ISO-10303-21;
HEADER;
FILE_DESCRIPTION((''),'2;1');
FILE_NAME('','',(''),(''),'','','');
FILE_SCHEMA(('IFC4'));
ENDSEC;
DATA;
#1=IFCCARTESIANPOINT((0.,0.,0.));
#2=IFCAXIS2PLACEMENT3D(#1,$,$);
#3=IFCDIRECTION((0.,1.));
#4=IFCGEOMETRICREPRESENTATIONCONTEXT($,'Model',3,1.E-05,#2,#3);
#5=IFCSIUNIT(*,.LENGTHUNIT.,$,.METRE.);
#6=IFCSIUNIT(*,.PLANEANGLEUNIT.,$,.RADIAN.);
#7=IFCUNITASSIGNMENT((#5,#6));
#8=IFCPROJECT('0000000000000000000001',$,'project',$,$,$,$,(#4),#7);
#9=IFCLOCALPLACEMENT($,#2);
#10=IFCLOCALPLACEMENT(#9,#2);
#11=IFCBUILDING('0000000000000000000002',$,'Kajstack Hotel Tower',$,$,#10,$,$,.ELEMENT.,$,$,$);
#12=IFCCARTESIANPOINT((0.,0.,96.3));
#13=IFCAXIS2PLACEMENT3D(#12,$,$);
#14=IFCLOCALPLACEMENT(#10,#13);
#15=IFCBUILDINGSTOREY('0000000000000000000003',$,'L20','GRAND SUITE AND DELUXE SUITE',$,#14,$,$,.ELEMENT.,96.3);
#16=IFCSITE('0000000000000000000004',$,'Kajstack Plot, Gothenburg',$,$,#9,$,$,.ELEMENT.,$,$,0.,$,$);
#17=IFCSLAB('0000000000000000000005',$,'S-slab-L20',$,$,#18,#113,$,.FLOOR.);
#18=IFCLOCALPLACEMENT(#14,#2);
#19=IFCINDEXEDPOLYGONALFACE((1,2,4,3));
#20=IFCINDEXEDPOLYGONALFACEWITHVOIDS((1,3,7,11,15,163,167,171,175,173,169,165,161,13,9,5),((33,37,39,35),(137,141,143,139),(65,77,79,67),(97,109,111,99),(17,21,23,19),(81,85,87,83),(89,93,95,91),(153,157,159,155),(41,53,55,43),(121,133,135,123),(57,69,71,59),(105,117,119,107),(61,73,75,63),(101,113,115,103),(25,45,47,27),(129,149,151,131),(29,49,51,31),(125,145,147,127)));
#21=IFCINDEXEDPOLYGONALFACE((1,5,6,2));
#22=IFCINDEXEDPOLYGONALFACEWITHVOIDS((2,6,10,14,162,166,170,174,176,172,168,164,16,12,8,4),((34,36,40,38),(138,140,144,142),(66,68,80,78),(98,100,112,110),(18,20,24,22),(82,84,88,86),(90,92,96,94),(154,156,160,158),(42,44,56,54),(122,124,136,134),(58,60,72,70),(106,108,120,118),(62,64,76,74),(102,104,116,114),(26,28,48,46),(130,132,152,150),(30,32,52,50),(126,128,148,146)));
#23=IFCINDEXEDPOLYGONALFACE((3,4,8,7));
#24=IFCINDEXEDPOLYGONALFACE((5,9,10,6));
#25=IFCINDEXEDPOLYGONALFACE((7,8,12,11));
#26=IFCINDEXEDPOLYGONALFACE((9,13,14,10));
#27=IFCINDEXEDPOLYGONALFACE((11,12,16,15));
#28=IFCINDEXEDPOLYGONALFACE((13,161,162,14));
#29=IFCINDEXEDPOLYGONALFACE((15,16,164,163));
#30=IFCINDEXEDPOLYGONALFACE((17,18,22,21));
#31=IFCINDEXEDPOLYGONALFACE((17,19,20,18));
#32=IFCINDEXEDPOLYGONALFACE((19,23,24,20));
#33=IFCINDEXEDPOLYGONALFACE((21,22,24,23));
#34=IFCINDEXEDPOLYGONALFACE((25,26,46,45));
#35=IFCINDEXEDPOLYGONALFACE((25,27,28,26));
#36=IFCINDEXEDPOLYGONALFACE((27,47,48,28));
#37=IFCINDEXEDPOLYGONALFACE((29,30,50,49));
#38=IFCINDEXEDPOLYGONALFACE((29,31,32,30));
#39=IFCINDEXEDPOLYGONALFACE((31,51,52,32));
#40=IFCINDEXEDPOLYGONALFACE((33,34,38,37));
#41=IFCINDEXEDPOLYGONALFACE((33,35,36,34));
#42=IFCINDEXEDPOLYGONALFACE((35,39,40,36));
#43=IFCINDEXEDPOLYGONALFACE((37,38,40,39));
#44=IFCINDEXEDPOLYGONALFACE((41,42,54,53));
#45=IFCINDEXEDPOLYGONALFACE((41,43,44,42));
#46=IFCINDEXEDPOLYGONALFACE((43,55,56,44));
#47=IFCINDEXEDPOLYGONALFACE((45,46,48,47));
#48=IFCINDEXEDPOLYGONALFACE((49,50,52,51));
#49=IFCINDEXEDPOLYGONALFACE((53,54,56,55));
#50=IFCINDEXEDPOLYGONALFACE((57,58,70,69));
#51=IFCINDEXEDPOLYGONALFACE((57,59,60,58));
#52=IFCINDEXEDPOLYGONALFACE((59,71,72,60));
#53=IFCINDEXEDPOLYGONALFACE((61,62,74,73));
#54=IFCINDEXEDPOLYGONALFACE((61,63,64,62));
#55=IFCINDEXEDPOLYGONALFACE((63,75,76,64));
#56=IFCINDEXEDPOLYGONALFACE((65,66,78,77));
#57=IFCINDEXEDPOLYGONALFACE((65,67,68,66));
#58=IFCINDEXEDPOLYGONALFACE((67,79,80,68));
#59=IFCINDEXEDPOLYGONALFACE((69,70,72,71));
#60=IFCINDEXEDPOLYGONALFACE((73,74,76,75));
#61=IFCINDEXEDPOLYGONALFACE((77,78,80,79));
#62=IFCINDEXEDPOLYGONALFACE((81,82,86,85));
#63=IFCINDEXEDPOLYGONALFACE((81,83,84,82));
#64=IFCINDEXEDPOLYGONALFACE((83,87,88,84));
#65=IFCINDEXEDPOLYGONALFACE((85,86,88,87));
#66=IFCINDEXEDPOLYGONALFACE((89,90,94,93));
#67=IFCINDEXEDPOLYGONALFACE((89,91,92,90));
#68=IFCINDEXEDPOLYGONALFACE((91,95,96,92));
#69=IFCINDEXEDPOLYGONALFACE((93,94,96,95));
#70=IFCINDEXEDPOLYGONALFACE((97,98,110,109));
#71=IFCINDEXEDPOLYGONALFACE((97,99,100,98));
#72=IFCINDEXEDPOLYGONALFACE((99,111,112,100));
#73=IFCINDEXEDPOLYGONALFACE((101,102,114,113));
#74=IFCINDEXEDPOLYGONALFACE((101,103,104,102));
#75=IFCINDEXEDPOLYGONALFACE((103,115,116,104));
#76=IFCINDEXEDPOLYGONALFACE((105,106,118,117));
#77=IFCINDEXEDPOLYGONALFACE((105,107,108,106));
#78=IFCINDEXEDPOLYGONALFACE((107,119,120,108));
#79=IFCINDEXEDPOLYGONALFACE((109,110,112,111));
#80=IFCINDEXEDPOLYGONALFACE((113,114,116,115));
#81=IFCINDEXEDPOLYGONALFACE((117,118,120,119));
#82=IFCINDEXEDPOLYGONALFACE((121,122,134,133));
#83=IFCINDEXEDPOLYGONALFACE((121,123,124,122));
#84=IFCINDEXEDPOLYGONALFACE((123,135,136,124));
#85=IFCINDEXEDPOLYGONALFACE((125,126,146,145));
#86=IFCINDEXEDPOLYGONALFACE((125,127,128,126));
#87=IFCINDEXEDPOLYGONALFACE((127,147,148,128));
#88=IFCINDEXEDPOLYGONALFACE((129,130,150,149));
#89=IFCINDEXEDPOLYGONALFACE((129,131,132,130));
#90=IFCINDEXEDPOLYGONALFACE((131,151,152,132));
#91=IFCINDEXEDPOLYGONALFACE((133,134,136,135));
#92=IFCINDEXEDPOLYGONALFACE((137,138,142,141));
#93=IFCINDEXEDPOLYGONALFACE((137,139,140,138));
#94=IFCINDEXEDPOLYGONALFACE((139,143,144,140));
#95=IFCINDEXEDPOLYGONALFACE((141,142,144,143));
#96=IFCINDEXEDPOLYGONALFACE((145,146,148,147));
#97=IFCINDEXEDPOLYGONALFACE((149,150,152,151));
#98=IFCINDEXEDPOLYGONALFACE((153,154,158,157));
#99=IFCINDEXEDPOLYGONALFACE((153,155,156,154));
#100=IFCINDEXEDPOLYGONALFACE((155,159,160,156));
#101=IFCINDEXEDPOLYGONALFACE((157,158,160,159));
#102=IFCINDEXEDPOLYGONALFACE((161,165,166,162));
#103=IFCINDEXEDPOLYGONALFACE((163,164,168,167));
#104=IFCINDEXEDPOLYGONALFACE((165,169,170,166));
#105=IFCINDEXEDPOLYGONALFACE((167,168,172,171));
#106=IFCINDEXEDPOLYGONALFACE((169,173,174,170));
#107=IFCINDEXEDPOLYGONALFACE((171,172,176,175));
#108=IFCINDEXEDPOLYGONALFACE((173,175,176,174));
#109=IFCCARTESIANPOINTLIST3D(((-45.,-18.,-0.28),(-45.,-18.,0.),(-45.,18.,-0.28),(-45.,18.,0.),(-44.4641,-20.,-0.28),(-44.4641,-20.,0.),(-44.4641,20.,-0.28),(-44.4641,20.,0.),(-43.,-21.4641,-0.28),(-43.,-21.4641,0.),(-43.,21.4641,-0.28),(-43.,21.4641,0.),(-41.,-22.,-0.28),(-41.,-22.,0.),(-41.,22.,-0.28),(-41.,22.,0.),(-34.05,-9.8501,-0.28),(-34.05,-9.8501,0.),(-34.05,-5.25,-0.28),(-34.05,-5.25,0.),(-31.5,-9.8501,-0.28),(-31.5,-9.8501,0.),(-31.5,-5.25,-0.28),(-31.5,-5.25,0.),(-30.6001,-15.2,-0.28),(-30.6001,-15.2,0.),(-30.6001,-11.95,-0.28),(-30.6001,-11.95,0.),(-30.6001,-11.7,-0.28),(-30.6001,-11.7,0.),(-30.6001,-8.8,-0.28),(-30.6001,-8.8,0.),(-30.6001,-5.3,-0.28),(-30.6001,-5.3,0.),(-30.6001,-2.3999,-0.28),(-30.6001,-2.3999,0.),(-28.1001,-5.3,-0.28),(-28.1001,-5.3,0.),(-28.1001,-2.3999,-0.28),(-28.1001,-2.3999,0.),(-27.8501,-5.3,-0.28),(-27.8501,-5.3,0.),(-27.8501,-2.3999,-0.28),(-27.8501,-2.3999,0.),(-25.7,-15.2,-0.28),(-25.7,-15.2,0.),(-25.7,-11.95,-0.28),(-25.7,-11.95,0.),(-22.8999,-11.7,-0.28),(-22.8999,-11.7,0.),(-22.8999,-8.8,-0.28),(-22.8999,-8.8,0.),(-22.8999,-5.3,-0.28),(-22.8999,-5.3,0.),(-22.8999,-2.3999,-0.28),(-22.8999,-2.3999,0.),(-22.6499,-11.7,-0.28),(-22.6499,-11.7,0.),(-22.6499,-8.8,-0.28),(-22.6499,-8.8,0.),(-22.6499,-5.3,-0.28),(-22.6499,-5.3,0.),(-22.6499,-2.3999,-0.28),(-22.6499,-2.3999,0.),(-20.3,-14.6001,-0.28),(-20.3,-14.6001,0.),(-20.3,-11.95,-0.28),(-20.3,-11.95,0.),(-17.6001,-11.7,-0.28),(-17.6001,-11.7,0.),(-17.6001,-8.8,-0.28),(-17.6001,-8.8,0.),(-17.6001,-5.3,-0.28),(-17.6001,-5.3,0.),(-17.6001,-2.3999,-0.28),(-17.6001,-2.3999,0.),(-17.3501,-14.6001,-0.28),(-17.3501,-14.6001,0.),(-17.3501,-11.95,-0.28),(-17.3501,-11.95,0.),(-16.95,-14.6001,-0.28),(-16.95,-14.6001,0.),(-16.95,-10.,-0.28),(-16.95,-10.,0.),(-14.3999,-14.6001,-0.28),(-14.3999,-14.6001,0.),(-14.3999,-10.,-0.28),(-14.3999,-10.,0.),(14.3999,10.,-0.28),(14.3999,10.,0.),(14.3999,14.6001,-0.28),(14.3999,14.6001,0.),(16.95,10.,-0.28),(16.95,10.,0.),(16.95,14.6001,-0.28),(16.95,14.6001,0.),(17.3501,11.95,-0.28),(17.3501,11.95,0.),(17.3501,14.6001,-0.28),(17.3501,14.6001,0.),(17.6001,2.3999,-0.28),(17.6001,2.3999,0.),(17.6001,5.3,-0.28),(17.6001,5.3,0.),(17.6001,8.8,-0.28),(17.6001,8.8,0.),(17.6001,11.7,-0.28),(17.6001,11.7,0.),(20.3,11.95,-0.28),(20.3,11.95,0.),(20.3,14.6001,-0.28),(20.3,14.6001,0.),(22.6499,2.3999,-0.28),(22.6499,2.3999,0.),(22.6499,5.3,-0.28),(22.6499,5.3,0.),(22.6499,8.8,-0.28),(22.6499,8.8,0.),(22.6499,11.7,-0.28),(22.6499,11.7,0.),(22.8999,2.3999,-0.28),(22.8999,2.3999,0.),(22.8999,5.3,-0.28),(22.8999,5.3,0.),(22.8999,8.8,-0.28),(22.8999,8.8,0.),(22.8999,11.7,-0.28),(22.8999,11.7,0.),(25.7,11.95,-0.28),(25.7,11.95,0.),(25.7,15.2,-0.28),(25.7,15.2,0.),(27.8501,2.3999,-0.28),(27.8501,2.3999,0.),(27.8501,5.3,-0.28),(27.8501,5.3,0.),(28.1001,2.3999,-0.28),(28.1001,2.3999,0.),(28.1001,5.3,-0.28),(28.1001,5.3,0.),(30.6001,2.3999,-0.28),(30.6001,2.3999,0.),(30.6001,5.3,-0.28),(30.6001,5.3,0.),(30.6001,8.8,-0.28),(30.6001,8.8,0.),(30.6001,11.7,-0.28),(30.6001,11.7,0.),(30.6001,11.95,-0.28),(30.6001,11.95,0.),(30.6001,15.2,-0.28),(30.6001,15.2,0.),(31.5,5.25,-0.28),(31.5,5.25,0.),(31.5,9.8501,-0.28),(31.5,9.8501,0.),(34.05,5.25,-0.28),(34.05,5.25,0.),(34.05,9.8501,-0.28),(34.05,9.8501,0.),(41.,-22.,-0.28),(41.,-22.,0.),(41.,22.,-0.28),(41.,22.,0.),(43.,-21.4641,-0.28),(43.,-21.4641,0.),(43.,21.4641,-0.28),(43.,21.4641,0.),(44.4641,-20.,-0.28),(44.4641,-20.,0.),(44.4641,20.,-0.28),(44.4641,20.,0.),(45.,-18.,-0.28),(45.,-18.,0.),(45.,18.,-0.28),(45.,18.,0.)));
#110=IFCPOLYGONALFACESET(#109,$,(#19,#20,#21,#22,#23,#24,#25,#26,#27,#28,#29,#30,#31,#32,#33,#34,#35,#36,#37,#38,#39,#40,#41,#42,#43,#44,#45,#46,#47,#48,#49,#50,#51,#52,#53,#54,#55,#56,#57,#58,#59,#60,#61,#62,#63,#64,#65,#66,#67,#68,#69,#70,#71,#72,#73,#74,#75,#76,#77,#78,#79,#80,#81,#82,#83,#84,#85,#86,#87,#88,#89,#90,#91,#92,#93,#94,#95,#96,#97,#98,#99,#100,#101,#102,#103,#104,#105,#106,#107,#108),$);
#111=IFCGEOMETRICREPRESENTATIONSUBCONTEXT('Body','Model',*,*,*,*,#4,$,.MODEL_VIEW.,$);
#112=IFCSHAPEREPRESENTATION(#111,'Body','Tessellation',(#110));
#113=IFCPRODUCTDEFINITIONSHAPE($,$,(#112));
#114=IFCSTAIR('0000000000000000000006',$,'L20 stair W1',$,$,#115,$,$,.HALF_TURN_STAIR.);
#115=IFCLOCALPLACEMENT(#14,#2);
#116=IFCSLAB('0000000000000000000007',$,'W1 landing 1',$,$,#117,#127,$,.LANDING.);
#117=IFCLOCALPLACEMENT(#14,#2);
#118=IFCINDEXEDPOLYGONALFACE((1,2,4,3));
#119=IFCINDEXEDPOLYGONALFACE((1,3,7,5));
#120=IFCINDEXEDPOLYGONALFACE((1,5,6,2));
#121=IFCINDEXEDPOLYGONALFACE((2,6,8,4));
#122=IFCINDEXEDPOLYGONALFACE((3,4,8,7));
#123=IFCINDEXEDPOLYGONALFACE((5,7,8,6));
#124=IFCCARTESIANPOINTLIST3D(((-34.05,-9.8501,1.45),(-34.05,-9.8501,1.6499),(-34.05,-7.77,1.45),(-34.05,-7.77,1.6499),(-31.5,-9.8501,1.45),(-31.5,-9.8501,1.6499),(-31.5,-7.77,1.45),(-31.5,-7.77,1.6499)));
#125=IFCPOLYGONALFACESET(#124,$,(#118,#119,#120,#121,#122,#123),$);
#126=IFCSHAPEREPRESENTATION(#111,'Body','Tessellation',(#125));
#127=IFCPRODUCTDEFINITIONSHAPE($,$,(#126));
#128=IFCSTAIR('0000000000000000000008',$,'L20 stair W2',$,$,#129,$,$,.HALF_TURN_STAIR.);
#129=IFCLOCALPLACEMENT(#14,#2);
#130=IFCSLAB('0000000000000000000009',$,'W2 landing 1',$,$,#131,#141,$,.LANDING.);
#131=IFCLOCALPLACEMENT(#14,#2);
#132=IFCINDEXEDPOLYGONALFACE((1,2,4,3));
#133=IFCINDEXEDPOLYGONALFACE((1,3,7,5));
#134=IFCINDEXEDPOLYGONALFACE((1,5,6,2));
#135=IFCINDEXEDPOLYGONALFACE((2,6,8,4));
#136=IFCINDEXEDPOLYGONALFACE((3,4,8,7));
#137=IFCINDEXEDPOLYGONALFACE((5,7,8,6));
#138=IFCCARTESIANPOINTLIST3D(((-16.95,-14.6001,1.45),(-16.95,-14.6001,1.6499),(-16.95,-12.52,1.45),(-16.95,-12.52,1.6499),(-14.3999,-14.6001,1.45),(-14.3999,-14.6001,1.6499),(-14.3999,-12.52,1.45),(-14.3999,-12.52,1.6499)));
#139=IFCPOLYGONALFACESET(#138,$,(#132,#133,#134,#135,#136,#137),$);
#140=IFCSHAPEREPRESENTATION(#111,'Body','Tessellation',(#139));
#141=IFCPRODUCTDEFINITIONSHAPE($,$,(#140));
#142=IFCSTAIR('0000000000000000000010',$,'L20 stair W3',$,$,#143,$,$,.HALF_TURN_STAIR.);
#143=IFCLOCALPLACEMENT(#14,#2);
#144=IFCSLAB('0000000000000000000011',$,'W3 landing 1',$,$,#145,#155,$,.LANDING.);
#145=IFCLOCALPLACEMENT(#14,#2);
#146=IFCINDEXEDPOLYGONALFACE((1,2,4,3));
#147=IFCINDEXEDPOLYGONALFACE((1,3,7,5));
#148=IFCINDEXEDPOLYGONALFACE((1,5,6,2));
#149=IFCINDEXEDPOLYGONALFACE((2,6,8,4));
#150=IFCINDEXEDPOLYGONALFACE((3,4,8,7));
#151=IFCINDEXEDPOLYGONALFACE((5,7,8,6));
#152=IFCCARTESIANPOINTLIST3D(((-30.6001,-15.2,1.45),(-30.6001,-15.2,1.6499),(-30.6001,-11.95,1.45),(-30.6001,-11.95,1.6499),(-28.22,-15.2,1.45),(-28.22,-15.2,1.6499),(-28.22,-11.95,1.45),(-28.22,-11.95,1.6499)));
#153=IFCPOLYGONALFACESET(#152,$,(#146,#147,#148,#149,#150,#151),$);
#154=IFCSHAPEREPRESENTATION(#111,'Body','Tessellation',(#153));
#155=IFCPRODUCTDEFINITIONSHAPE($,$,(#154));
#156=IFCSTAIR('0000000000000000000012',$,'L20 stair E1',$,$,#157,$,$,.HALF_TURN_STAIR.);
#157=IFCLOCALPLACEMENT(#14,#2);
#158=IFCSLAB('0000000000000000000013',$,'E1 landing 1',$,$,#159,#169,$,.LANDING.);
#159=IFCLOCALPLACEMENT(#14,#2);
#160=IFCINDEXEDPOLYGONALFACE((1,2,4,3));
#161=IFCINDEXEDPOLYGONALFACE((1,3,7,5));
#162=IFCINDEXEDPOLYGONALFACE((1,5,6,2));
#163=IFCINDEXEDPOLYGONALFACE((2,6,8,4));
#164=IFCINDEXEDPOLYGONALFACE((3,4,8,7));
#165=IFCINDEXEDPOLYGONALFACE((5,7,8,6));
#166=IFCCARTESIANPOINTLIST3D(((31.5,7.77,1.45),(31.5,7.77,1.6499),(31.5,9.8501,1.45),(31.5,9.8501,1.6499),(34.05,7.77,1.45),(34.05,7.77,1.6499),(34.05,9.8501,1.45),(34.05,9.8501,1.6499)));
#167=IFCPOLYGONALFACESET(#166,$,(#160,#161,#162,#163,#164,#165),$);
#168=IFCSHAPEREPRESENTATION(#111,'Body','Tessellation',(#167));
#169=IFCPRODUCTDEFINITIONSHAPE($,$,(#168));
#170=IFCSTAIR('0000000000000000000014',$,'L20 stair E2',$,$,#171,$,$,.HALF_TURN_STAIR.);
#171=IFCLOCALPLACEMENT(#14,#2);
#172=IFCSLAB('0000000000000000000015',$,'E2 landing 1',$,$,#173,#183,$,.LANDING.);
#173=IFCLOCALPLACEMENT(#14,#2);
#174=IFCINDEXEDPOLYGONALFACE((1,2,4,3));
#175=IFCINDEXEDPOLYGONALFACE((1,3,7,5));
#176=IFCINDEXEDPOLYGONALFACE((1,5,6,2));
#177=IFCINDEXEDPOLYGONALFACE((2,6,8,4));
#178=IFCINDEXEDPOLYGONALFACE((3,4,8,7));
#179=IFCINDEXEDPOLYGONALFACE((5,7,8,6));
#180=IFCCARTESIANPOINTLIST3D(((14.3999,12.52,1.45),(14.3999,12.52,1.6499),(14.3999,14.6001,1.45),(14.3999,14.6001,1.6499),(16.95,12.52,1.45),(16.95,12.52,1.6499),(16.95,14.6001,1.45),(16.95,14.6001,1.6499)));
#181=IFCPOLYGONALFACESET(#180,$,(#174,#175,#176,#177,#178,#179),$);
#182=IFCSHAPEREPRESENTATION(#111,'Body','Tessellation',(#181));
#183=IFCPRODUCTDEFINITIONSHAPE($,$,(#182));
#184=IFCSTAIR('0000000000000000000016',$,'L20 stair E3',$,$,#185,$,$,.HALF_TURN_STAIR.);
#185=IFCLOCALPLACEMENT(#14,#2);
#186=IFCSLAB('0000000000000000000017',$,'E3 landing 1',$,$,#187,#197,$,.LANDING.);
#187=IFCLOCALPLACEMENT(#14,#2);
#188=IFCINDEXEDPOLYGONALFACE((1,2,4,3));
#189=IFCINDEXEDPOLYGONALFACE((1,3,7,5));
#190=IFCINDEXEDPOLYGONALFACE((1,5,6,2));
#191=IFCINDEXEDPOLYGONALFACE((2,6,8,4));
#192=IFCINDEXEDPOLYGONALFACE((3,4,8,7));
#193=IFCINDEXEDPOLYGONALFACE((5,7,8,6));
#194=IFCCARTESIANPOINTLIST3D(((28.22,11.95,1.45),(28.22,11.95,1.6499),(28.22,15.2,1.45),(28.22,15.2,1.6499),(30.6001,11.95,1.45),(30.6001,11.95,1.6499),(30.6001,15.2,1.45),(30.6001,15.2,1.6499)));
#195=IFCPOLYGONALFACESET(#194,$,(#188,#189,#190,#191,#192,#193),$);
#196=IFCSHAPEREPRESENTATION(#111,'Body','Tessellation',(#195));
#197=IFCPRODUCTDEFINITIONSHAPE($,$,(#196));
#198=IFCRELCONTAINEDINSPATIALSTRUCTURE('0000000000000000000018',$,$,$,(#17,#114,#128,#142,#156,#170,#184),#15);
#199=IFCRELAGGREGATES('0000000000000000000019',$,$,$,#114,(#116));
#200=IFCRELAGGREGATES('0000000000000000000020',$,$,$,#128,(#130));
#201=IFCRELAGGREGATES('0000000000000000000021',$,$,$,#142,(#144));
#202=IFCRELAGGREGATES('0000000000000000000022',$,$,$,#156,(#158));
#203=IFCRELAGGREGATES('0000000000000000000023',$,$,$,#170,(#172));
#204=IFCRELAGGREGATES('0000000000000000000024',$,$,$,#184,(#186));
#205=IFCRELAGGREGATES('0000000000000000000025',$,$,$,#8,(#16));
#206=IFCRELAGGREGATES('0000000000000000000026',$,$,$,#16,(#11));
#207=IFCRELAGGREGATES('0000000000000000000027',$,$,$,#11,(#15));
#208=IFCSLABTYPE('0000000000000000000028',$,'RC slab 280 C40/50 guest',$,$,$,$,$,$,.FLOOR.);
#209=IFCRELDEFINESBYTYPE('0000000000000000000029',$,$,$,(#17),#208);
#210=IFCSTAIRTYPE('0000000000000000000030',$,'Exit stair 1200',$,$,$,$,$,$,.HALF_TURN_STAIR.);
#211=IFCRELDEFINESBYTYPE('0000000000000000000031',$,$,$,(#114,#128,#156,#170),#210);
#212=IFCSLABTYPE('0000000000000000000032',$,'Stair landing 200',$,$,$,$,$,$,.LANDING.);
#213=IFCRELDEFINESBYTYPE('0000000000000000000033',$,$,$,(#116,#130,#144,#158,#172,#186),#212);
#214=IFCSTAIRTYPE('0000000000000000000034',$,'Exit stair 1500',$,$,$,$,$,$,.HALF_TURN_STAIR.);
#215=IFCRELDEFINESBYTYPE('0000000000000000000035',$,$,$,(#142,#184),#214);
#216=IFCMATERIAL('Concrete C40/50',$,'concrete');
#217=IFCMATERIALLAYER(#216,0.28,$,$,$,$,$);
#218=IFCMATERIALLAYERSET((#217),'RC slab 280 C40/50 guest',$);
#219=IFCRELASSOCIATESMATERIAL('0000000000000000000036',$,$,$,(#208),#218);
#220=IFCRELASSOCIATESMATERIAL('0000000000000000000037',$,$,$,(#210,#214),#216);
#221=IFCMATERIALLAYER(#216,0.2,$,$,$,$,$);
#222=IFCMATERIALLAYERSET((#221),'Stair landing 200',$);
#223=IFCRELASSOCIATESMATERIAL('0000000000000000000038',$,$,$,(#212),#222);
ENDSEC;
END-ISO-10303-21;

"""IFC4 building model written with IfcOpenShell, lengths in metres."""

from ifc_helpers import new_model, si_unit, direction, frame, origin, place, context, subcontext, project, spatial, polyline, outline, extrude, material, layer, layer_set, type_object, element, aggregate, save


model = new_model("IFC4")

# Units and contexts
model_context = context("Model", 3, precision=1e-05, world=origin(), true_north=direction((0.0, 1.0)))
body_context = subcontext(model_context, "Body", "Model", "MODEL_VIEW")
ifc_project = project(units=[si_unit("LENGTHUNIT", "METRE"), si_unit("PLANEANGLEUNIT", "RADIAN")], contexts=[model_context])

# Site, building, storey
site_placement = place(None, origin())
site = spatial("IfcSite", under=ifc_project, at=site_placement, Name="Kajstack Plot, Gothenburg", CompositionType="ELEMENT", RefElevation=0.0)
building_placement = place(site_placement, origin())
building = spatial("IfcBuilding", under=site, at=building_placement, Name="Kajstack Hotel Tower", CompositionType="ELEMENT")
storey_placement = place(building_placement, frame((0.0, 0.0, 96.3)))
storey = spatial("IfcBuildingStorey", under=building, at=storey_placement, Name="L20", Description="GRAND SUITE AND DELUXE SUITE", CompositionType="ELEMENT", Elevation=96.3)

# Slab
ifc_material_1 = material(Name="Concrete C40/50", Category="concrete")
ifc_layer_1 = layer(ifc_material_1, 0.28)
ifc_layer_set_1 = layer_set([ifc_layer_1], Name="RC slab 280 C40/50 guest")
slab_type_1 = type_object("IfcSlabType", Name="RC slab 280 C40/50 guest", PredefinedType="FLOOR", material=ifc_layer_set_1)
slab_1_placement = place(storey_placement, frame((0.0, 0.0, -0.28)))
element("IfcSlab", 1, at=slab_1_placement, inside=storey, type_object=slab_type_1, Name="S-slab-L20", PredefinedType="FLOOR", context=body_context, shape_type="SweptSolid", body=[
    extrude(outline(polyline([(-45.0, -18.0), (-44.4641, -20.0), (-43.0, -21.4641), (-41.0, -22.0), (41.0, -22.0), (43.0, -21.4641), (44.4641, -20.0), (45.0, -18.0), (45.0, 18.0), (44.4641, 20.0), (43.0, 21.4641), (41.0, 22.0), (-41.0, 22.0), (-43.0, 21.4641), (-44.4641, 20.0), (-45.0, 18.0), (-45.0, -18.0)]), holes=[polyline([(-30.6001, -11.7), (-30.6001, -8.8), (-22.8999, -8.8), (-22.8999, -11.7), (-30.6001, -11.7)]), polyline([(-22.6499, -11.7), (-22.6499, -8.8), (-17.6001, -8.8), (-17.6001, -11.7), (-22.6499, -11.7)]), polyline([(-27.8501, -5.3), (-27.8501, -2.3999), (-22.8999, -2.3999), (-22.8999, -5.3), (-27.8501, -5.3)]), polyline([(-22.6499, -5.3), (-22.6499, -2.3999), (-17.6001, -2.3999), (-17.6001, -5.3), (-22.6499, -5.3)]), polyline([(-20.3, -14.6001), (-17.3501, -14.6001), (-17.3501, -11.95), (-20.3, -11.95), (-20.3, -14.6001)]), polyline([(-30.6001, -5.3), (-28.1001, -5.3), (-28.1001, -2.3999), (-30.6001, -2.3999), (-30.6001, -5.3)]), polyline([(22.8999, 8.8), (22.8999, 11.7), (30.6001, 11.7), (30.6001, 8.8), (22.8999, 8.8)]), polyline([(17.6001, 8.8), (17.6001, 11.7), (22.6499, 11.7), (22.6499, 8.8), (17.6001, 8.8)]), polyline([(22.8999, 2.3999), (22.8999, 5.3), (27.8501, 5.3), (27.8501, 2.3999), (22.8999, 2.3999)]), polyline([(17.6001, 2.3999), (17.6001, 5.3), (22.6499, 5.3), (22.6499, 2.3999), (17.6001, 2.3999)]), polyline([(20.3, 14.6001), (17.3501, 14.6001), (17.3501, 11.95), (20.3, 11.95), (20.3, 14.6001)]), polyline([(30.6001, 5.3), (28.1001, 5.3), (28.1001, 2.3999), (30.6001, 2.3999), (30.6001, 5.3)]), polyline([(-34.05, -9.8501), (-31.5, -9.8501), (-31.5, -5.25), (-34.05, -5.25), (-34.05, -9.8501)]), polyline([(-16.95, -14.6001), (-14.3999, -14.6001), (-14.3999, -10.0), (-16.95, -10.0), (-16.95, -14.6001)]), polyline([(-30.6001, -15.2), (-25.7, -15.2), (-25.7, -11.95), (-30.6001, -11.95), (-30.6001, -15.2)]), polyline([(34.05, 9.8501), (31.5, 9.8501), (31.5, 5.25), (34.05, 5.25), (34.05, 9.8501)]), polyline([(16.95, 14.6001), (14.3999, 14.6001), (14.3999, 10.0), (16.95, 10.0), (16.95, 14.6001)]), polyline([(30.6001, 15.2), (25.7, 15.2), (25.7, 11.95), (30.6001, 11.95), (30.6001, 15.2)])]), origin(), (0.0, 0.0, 1.0), 0.28),
])

# Stairs, slabs
stair_type_1 = type_object("IfcStairType", Name="Exit stair 1200", PredefinedType="HALF_TURN_STAIR", material=ifc_material_1)
stair_1_placement = place(storey_placement, origin())
stair_1 = element("IfcStair", 2, at=stair_1_placement, inside=storey, type_object=stair_type_1, Name="L20 stair W1", PredefinedType="HALF_TURN_STAIR")
ifc_layer_2 = layer(ifc_material_1, 0.2)
ifc_layer_set_2 = layer_set([ifc_layer_2], Name="Stair landing 200")
slab_type_2 = type_object("IfcSlabType", Name="Stair landing 200", PredefinedType="LANDING", material=ifc_layer_set_2)
slab_2_placement = place(storey_placement, frame((0.0, 0.0, 1.45)))
slab_2 = element("IfcSlab", 3, at=slab_2_placement, type_object=slab_type_2, Name="W1 landing 1", PredefinedType="LANDING", context=body_context, shape_type="SweptSolid", body=[
    extrude(outline(polyline([(-34.05, -7.77), (-34.05, -9.8501), (-31.5, -9.8501), (-31.5, -7.77), (-34.05, -7.77)])), origin(), (0.0, 0.0, 1.0), 0.2),
])
aggregate(stair_1, [slab_2])
stair_2_placement = place(storey_placement, origin())
stair_2 = element("IfcStair", 4, at=stair_2_placement, inside=storey, type_object=stair_type_1, Name="L20 stair W2", PredefinedType="HALF_TURN_STAIR")
slab_3_placement = place(storey_placement, frame((0.0, 0.0, 1.45)))
slab_3 = element("IfcSlab", 5, at=slab_3_placement, type_object=slab_type_2, Name="W2 landing 1", PredefinedType="LANDING", context=body_context, shape_type="SweptSolid", body=[
    extrude(outline(polyline([(-16.95, -12.52), (-16.95, -14.6001), (-14.3999, -14.6001), (-14.3999, -12.52), (-16.95, -12.52)])), origin(), (0.0, 0.0, 1.0), 0.2),
])
aggregate(stair_2, [slab_3])
stair_type_2 = type_object("IfcStairType", Name="Exit stair 1500", PredefinedType="HALF_TURN_STAIR", material=ifc_material_1)
stair_3_placement = place(storey_placement, origin())
stair_3 = element("IfcStair", 6, at=stair_3_placement, inside=storey, type_object=stair_type_2, Name="L20 stair W3", PredefinedType="HALF_TURN_STAIR")
slab_4_placement = place(storey_placement, frame((0.0, 0.0, 1.45)))
slab_4 = element("IfcSlab", 7, at=slab_4_placement, type_object=slab_type_2, Name="W3 landing 1", PredefinedType="LANDING", context=body_context, shape_type="SweptSolid", body=[
    extrude(outline(polyline([(-28.22, -11.95), (-30.6001, -11.95), (-30.6001, -15.2), (-28.22, -15.2), (-28.22, -11.95)])), origin(), (0.0, 0.0, 1.0), 0.2),
])
aggregate(stair_3, [slab_4])
stair_4_placement = place(storey_placement, origin())
stair_4 = element("IfcStair", 8, at=stair_4_placement, inside=storey, type_object=stair_type_1, Name="L20 stair E1", PredefinedType="HALF_TURN_STAIR")
slab_5_placement = place(storey_placement, frame((0.0, 0.0, 1.45)))
slab_5 = element("IfcSlab", 9, at=slab_5_placement, type_object=slab_type_2, Name="E1 landing 1", PredefinedType="LANDING", context=body_context, shape_type="SweptSolid", body=[
    extrude(outline(polyline([(34.05, 7.77), (34.05, 9.8501), (31.5, 9.8501), (31.5, 7.77), (34.05, 7.77)])), origin(), (0.0, 0.0, 1.0), 0.2),
])
aggregate(stair_4, [slab_5])
stair_5_placement = place(storey_placement, origin())
stair_5 = element("IfcStair", 10, at=stair_5_placement, inside=storey, type_object=stair_type_1, Name="L20 stair E2", PredefinedType="HALF_TURN_STAIR")
slab_6_placement = place(storey_placement, frame((0.0, 0.0, 1.45)))
slab_6 = element("IfcSlab", 11, at=slab_6_placement, type_object=slab_type_2, Name="E2 landing 1", PredefinedType="LANDING", context=body_context, shape_type="SweptSolid", body=[
    extrude(outline(polyline([(16.95, 12.52), (16.95, 14.6001), (14.3999, 14.6001), (14.3999, 12.52), (16.95, 12.52)])), origin(), (0.0, 0.0, 1.0), 0.2),
])
aggregate(stair_5, [slab_6])
stair_6_placement = place(storey_placement, origin())
stair_6 = element("IfcStair", 12, at=stair_6_placement, inside=storey, type_object=stair_type_2, Name="L20 stair E3", PredefinedType="HALF_TURN_STAIR")
slab_7_placement = place(storey_placement, frame((0.0, 0.0, 1.45)))
slab_7 = element("IfcSlab", 13, at=slab_7_placement, type_object=slab_type_2, Name="E3 landing 1", PredefinedType="LANDING", context=body_context, shape_type="SweptSolid", body=[
    extrude(outline(polyline([(28.22, 11.95), (30.6001, 11.95), (30.6001, 15.2), (28.22, 15.2), (28.22, 11.95)])), origin(), (0.0, 0.0, 1.0), 0.2),
])
aggregate(stair_6, [slab_7])

save(model, "model.ifc")
